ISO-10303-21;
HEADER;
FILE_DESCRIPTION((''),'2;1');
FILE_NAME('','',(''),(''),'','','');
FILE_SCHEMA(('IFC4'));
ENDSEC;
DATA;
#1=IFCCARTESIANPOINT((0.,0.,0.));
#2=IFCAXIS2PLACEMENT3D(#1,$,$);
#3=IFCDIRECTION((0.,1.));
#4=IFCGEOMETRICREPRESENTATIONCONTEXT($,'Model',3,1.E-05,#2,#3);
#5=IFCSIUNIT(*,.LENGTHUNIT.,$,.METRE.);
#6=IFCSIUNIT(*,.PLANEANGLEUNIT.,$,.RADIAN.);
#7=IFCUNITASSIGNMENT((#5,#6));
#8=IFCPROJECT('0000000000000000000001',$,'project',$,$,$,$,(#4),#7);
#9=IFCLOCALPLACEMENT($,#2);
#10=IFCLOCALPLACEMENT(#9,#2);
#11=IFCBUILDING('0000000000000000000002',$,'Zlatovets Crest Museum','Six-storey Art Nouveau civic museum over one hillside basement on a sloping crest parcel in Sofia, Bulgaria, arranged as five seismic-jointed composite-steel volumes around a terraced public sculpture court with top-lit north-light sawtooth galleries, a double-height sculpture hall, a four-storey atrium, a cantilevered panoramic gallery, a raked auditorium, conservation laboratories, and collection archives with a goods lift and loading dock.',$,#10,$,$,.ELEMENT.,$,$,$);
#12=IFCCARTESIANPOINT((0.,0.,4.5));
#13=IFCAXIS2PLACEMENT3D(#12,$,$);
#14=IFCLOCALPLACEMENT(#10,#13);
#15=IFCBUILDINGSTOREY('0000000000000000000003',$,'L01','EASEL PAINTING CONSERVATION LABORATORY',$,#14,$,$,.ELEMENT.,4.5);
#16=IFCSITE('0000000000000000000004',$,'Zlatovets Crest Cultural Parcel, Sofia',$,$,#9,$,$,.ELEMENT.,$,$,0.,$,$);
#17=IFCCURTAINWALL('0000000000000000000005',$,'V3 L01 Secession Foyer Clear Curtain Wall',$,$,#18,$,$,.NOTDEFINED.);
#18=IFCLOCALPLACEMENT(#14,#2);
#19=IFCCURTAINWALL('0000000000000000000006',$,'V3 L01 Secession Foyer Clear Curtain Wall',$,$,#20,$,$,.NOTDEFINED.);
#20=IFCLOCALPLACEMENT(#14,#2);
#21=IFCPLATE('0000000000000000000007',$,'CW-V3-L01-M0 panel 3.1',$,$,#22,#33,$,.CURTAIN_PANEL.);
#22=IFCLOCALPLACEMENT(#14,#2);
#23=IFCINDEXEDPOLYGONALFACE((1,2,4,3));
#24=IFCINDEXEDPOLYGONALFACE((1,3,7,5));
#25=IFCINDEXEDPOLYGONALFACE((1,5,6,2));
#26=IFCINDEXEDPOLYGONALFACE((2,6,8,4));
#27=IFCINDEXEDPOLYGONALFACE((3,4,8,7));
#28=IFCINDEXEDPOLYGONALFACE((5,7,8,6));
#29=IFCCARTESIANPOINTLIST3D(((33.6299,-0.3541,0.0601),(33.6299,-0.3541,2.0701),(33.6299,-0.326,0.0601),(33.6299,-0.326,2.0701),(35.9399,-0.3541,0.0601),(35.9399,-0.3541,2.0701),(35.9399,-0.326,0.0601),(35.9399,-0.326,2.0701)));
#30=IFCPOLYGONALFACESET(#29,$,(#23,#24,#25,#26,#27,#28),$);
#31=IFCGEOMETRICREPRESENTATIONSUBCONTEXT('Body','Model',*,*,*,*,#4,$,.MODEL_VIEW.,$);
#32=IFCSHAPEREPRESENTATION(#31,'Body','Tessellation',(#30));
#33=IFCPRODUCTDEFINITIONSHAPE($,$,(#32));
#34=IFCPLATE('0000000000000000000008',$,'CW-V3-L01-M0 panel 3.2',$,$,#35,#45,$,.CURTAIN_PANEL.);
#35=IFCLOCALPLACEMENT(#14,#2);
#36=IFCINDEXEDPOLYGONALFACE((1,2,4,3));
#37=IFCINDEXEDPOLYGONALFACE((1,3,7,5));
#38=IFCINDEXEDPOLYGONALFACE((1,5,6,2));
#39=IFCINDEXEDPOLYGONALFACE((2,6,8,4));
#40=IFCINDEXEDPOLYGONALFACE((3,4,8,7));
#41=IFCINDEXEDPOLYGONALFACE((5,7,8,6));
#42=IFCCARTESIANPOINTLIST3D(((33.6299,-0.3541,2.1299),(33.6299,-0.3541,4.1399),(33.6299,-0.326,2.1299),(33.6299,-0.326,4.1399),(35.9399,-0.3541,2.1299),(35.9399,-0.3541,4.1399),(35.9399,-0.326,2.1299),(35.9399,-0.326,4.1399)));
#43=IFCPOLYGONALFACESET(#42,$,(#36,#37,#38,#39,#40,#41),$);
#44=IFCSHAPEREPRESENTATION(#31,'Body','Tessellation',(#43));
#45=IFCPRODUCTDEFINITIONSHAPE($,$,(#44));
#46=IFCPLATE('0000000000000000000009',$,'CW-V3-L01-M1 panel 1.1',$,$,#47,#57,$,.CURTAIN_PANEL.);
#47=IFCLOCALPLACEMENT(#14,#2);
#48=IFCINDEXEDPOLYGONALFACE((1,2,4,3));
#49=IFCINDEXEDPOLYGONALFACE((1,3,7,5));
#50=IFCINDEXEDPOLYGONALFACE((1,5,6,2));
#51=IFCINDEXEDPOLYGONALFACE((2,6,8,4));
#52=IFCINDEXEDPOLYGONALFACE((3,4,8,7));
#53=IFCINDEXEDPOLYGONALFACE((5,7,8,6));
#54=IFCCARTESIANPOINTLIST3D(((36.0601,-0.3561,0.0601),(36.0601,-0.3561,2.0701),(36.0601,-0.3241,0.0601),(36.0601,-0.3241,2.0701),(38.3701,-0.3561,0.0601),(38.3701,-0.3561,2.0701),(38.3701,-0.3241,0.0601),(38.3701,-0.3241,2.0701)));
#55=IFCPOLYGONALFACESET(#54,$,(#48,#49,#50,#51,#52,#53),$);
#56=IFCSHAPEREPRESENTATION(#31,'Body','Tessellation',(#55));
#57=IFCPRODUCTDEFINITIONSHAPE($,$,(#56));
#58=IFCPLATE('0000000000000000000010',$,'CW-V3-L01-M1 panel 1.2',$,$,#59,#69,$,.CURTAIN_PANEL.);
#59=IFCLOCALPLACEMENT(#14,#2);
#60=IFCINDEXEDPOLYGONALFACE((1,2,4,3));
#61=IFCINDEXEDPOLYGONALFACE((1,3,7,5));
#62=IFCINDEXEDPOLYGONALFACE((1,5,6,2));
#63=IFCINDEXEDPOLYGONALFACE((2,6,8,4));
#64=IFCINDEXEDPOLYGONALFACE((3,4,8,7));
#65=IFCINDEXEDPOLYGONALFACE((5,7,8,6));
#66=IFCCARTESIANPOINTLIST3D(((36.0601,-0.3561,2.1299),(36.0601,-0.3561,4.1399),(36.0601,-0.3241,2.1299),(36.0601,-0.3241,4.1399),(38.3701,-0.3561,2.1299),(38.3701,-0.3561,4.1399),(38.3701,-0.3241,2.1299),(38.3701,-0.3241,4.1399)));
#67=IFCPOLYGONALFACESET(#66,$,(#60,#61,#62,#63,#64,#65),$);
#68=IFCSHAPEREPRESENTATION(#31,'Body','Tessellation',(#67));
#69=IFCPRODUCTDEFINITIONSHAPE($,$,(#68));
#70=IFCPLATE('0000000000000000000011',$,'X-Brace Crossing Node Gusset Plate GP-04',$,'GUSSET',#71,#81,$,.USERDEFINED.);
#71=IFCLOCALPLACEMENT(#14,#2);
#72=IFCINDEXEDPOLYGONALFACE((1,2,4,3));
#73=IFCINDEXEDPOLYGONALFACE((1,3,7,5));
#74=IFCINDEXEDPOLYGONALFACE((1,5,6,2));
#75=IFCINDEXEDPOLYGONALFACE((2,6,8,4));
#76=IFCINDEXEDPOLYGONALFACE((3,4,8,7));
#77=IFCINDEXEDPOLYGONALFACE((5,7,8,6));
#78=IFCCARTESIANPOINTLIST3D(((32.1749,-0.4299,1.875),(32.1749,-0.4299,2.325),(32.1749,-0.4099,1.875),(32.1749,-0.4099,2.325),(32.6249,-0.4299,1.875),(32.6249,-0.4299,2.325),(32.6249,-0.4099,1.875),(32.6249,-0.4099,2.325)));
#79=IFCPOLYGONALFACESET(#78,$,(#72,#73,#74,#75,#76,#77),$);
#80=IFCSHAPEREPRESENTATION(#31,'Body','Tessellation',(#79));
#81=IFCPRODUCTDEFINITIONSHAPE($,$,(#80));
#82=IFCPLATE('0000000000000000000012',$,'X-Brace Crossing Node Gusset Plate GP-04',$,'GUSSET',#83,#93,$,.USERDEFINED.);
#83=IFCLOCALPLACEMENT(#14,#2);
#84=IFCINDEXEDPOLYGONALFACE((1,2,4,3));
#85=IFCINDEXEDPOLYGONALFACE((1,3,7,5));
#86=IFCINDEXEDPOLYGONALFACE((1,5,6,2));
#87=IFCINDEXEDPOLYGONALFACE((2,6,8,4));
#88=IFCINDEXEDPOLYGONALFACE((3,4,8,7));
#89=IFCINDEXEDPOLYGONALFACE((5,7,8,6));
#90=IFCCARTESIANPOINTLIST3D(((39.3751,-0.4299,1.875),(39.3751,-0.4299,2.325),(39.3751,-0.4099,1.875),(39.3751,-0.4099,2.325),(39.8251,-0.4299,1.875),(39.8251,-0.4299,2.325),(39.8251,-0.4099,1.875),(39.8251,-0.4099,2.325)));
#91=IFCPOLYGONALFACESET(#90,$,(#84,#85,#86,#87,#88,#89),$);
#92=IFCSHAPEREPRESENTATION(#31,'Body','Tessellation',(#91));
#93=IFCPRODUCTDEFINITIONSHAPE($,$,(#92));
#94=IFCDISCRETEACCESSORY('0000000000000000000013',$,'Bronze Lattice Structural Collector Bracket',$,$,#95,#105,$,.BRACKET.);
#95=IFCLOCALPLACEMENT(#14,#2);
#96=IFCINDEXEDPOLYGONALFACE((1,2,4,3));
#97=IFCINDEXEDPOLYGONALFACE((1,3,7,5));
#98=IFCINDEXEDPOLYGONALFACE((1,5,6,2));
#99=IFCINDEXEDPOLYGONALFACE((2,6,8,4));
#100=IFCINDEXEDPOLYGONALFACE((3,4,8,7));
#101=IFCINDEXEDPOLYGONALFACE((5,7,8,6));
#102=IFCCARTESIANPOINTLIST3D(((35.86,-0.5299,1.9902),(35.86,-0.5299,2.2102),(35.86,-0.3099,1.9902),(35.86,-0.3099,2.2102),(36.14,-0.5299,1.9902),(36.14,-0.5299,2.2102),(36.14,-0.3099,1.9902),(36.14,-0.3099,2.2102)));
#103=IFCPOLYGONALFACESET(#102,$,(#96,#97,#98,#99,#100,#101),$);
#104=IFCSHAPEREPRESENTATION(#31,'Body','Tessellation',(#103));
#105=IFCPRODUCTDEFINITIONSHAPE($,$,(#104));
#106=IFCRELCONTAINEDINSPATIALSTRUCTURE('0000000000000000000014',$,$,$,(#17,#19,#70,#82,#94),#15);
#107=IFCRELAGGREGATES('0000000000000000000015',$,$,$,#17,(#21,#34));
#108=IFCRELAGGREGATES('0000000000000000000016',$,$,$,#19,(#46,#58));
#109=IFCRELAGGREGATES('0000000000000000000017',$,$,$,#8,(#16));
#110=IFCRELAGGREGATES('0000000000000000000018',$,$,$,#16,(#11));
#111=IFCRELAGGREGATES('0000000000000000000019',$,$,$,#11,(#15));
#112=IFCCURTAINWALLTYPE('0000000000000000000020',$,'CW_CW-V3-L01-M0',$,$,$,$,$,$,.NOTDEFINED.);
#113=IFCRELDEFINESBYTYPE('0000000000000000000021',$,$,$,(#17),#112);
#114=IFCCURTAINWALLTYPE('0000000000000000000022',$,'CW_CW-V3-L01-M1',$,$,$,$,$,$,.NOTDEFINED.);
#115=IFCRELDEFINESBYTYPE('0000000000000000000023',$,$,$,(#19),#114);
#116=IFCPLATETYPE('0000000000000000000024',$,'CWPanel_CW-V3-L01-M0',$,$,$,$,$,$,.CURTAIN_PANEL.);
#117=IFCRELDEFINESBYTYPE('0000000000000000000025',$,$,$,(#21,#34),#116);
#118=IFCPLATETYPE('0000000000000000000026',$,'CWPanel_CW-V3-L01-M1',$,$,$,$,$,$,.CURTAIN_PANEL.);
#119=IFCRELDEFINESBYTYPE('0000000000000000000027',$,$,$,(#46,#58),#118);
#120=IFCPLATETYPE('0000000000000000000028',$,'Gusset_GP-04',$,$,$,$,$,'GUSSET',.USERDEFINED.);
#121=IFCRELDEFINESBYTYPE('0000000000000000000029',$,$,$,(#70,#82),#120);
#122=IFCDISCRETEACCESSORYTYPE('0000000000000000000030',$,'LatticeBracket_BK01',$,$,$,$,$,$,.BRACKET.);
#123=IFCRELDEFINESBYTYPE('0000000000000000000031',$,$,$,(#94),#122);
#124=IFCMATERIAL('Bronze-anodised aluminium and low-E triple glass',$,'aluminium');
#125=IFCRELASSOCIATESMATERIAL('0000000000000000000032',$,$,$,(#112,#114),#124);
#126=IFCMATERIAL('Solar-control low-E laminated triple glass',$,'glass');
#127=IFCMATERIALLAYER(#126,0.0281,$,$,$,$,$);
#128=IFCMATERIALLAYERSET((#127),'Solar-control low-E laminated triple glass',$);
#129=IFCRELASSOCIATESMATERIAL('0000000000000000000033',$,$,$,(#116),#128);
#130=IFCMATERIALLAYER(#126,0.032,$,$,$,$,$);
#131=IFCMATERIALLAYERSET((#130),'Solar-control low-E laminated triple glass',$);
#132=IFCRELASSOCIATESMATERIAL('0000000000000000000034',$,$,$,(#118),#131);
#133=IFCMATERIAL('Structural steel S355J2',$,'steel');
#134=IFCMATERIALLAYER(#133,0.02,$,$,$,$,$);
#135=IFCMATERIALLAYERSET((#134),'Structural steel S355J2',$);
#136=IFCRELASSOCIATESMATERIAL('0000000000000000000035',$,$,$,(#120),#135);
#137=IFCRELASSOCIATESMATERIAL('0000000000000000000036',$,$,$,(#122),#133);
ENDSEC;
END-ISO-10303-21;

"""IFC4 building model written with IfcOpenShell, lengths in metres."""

from ifc_helpers import new_model, si_unit, direction, frame, origin, origin_2d, place, context, subcontext, project, spatial, rectangle, extrude, material, layer, layer_set, type_object, element, aggregate, save


model = new_model("IFC4")

# Units and contexts
model_context = context("Model", 3, precision=1e-05, world=origin(), true_north=direction((0.0, 1.0)))
body_context = subcontext(model_context, "Body", "Model", "MODEL_VIEW")
ifc_project = project(units=[si_unit("LENGTHUNIT", "METRE"), si_unit("PLANEANGLEUNIT", "RADIAN")], contexts=[model_context])

# Site, building, storey
site_placement = place(None, origin())
site = spatial("IfcSite", under=ifc_project, at=site_placement, Name="Zlatovets Crest Cultural Parcel, Sofia", CompositionType="ELEMENT", RefElevation=0.0)
building_placement = place(site_placement, origin())
building = spatial("IfcBuilding", under=site, at=building_placement, Name="Zlatovets Crest Museum", Description="Six-storey Art Nouveau civic museum over one hillside basement on a sloping crest parcel in Sofia, Bulgaria, arranged as five seismic-jointed composite-steel volumes around a terraced public sculpture court with top-lit north-light sawtooth galleries, a double-height sculpture hall, a four-storey atrium, a cantilevered panoramic gallery, a raked auditorium, conservation laboratories, and collection archives with a goods lift and loading dock.", CompositionType="ELEMENT")
storey_placement = place(building_placement, frame((0.0, 0.0, 4.5)))
storey = spatial("IfcBuildingStorey", under=building, at=storey_placement, Name="L01", Description="EASEL PAINTING CONSERVATION LABORATORY", CompositionType="ELEMENT", Elevation=4.5)

# Curtain walls
ifc_material_1 = material(Name="Bronze-anodised aluminium and low-E triple glass", Category="aluminium")
curtain_wall_type_1 = type_object("IfcCurtainWallType", Name="CW_CW-V3-L01-M0", PredefinedType="NOTDEFINED", material=ifc_material_1)
curtain_wall_1_placement = place(storey_placement, origin())
curtain_wall_1 = element("IfcCurtainWall", 1, at=curtain_wall_1_placement, inside=storey, type_object=curtain_wall_type_1, Name="V3 L01 Secession Foyer Clear Curtain Wall", PredefinedType="NOTDEFINED")
curtain_wall_type_2 = type_object("IfcCurtainWallType", Name="CW_CW-V3-L01-M1", PredefinedType="NOTDEFINED", material=ifc_material_1)
curtain_wall_2_placement = place(storey_placement, origin())
curtain_wall_2 = element("IfcCurtainWall", 2, at=curtain_wall_2_placement, inside=storey, type_object=curtain_wall_type_2, Name="V3 L01 Secession Foyer Clear Curtain Wall", PredefinedType="NOTDEFINED")

# Plates
ifc_material_2 = material(Name="Solar-control low-E laminated triple glass", Category="glass")
ifc_layer_1 = layer(ifc_material_2, 0.0281)
ifc_layer_set_1 = layer_set([ifc_layer_1], Name="Solar-control low-E laminated triple glass")
plate_type_1 = type_object("IfcPlateType", Name="CWPanel_CW-V3-L01-M0", PredefinedType="CURTAIN_PANEL", material=ifc_layer_set_1)
plate_1_placement = place(storey_placement, frame((34.7849, -0.3401, 0.0601), z_axis=(0.0, 0.0, 1.0), x_axis=(1.0, 0.0, 0.0)))
plate_1 = element("IfcPlate", 3, at=plate_1_placement, type_object=plate_type_1, Name="CW-V3-L01-M0 panel 3.1", PredefinedType="CURTAIN_PANEL", context=body_context, shape_type="SweptSolid", body=[
    extrude(rectangle(XDim=2.3101, YDim=0.0281, at=origin_2d()), origin(), (0.0, 0.0, 1.0), 2.01),
])
plate_2_placement = place(storey_placement, frame((34.7849, -0.3401, 2.1299), z_axis=(0.0, 0.0, 1.0), x_axis=(1.0, 0.0, 0.0)))
plate_2 = element("IfcPlate", 4, at=plate_2_placement, type_object=plate_type_1, Name="CW-V3-L01-M0 panel 3.2", PredefinedType="CURTAIN_PANEL", context=body_context, shape_type="SweptSolid", body=[
    extrude(rectangle(XDim=2.3101, YDim=0.0281, at=origin_2d()), origin(), (0.0, 0.0, 1.0), 2.01),
])
aggregate(curtain_wall_1, [plate_1, plate_2])
ifc_layer_2 = layer(ifc_material_2, 0.032)
ifc_layer_set_2 = layer_set([ifc_layer_2], Name="Solar-control low-E laminated triple glass")
plate_type_2 = type_object("IfcPlateType", Name="CWPanel_CW-V3-L01-M1", PredefinedType="CURTAIN_PANEL", material=ifc_layer_set_2)
plate_3_placement = place(storey_placement, frame((37.2151, -0.3401, 0.0601), z_axis=(0.0, 0.0, 1.0), x_axis=(1.0, 0.0, 0.0)))
plate_3 = element("IfcPlate", 5, at=plate_3_placement, type_object=plate_type_2, Name="CW-V3-L01-M1 panel 1.1", PredefinedType="CURTAIN_PANEL", context=body_context, shape_type="SweptSolid", body=[
    extrude(rectangle(XDim=2.3101, YDim=0.032, at=origin_2d()), origin(), (0.0, 0.0, 1.0), 2.01),
])
plate_4_placement = place(storey_placement, frame((37.2151, -0.3401, 2.1299), z_axis=(0.0, 0.0, 1.0), x_axis=(1.0, 0.0, 0.0)))
plate_4 = element("IfcPlate", 6, at=plate_4_placement, type_object=plate_type_2, Name="CW-V3-L01-M1 panel 1.2", PredefinedType="CURTAIN_PANEL", context=body_context, shape_type="SweptSolid", body=[
    extrude(rectangle(XDim=2.3101, YDim=0.032, at=origin_2d()), origin(), (0.0, 0.0, 1.0), 2.01),
])
aggregate(curtain_wall_2, [plate_3, plate_4])

# Plates
ifc_material_3 = material(Name="Structural steel S355J2", Category="steel")
ifc_layer_3 = layer(ifc_material_3, 0.02)
ifc_layer_set_3 = layer_set([ifc_layer_3], Name="Structural steel S355J2")
plate_type_3 = type_object("IfcPlateType", Name="Gusset_GP-04", ElementType="GUSSET", PredefinedType="USERDEFINED", material=ifc_layer_set_3)
for number, where, z_axis, x_axis, name in (
    (7, (32.3999, -0.4199, 1.875), (0.0, 0.0, 1.0), (1.0, 0.0, 0.0), "X-Brace Crossing Node Gusset Plate GP-04"),
    (8, (39.6001, -0.4199, 1.875), (0.0, 0.0, 1.0), (1.0, 0.0, 0.0), "X-Brace Crossing Node Gusset Plate GP-04"),
):
    element("IfcPlate", number, at=place(storey_placement, frame(where, z_axis=z_axis, x_axis=x_axis)), inside=storey, type_object=plate_type_3, Name=name, ObjectType="GUSSET", PredefinedType="USERDEFINED", context=body_context, shape_type="SweptSolid", body=[
        extrude(rectangle(XDim=0.45, YDim=0.02, at=origin_2d()), origin(), (0.0, 0.0, 1.0), 0.45),
    ])

# Discrete accessory
discrete_accessory_type = type_object("IfcDiscreteAccessoryType", Name="LatticeBracket_BK01", PredefinedType="BRACKET", material=ifc_material_3)
discrete_accessory_placement = place(storey_placement, frame((36.0, -0.4199, 1.9902), z_axis=(0.0, 0.0, 1.0), x_axis=(1.0, 0.0, 0.0)))
element("IfcDiscreteAccessory", 9, at=discrete_accessory_placement, inside=storey, type_object=discrete_accessory_type, Name="Bronze Lattice Structural Collector Bracket", PredefinedType="BRACKET", context=body_context, shape_type="SweptSolid", body=[
    extrude(rectangle(XDim=0.28, YDim=0.22, at=origin_2d()), origin(), (0.0, 0.0, 1.0), 0.22),
])

save(model, "model.ifc")
